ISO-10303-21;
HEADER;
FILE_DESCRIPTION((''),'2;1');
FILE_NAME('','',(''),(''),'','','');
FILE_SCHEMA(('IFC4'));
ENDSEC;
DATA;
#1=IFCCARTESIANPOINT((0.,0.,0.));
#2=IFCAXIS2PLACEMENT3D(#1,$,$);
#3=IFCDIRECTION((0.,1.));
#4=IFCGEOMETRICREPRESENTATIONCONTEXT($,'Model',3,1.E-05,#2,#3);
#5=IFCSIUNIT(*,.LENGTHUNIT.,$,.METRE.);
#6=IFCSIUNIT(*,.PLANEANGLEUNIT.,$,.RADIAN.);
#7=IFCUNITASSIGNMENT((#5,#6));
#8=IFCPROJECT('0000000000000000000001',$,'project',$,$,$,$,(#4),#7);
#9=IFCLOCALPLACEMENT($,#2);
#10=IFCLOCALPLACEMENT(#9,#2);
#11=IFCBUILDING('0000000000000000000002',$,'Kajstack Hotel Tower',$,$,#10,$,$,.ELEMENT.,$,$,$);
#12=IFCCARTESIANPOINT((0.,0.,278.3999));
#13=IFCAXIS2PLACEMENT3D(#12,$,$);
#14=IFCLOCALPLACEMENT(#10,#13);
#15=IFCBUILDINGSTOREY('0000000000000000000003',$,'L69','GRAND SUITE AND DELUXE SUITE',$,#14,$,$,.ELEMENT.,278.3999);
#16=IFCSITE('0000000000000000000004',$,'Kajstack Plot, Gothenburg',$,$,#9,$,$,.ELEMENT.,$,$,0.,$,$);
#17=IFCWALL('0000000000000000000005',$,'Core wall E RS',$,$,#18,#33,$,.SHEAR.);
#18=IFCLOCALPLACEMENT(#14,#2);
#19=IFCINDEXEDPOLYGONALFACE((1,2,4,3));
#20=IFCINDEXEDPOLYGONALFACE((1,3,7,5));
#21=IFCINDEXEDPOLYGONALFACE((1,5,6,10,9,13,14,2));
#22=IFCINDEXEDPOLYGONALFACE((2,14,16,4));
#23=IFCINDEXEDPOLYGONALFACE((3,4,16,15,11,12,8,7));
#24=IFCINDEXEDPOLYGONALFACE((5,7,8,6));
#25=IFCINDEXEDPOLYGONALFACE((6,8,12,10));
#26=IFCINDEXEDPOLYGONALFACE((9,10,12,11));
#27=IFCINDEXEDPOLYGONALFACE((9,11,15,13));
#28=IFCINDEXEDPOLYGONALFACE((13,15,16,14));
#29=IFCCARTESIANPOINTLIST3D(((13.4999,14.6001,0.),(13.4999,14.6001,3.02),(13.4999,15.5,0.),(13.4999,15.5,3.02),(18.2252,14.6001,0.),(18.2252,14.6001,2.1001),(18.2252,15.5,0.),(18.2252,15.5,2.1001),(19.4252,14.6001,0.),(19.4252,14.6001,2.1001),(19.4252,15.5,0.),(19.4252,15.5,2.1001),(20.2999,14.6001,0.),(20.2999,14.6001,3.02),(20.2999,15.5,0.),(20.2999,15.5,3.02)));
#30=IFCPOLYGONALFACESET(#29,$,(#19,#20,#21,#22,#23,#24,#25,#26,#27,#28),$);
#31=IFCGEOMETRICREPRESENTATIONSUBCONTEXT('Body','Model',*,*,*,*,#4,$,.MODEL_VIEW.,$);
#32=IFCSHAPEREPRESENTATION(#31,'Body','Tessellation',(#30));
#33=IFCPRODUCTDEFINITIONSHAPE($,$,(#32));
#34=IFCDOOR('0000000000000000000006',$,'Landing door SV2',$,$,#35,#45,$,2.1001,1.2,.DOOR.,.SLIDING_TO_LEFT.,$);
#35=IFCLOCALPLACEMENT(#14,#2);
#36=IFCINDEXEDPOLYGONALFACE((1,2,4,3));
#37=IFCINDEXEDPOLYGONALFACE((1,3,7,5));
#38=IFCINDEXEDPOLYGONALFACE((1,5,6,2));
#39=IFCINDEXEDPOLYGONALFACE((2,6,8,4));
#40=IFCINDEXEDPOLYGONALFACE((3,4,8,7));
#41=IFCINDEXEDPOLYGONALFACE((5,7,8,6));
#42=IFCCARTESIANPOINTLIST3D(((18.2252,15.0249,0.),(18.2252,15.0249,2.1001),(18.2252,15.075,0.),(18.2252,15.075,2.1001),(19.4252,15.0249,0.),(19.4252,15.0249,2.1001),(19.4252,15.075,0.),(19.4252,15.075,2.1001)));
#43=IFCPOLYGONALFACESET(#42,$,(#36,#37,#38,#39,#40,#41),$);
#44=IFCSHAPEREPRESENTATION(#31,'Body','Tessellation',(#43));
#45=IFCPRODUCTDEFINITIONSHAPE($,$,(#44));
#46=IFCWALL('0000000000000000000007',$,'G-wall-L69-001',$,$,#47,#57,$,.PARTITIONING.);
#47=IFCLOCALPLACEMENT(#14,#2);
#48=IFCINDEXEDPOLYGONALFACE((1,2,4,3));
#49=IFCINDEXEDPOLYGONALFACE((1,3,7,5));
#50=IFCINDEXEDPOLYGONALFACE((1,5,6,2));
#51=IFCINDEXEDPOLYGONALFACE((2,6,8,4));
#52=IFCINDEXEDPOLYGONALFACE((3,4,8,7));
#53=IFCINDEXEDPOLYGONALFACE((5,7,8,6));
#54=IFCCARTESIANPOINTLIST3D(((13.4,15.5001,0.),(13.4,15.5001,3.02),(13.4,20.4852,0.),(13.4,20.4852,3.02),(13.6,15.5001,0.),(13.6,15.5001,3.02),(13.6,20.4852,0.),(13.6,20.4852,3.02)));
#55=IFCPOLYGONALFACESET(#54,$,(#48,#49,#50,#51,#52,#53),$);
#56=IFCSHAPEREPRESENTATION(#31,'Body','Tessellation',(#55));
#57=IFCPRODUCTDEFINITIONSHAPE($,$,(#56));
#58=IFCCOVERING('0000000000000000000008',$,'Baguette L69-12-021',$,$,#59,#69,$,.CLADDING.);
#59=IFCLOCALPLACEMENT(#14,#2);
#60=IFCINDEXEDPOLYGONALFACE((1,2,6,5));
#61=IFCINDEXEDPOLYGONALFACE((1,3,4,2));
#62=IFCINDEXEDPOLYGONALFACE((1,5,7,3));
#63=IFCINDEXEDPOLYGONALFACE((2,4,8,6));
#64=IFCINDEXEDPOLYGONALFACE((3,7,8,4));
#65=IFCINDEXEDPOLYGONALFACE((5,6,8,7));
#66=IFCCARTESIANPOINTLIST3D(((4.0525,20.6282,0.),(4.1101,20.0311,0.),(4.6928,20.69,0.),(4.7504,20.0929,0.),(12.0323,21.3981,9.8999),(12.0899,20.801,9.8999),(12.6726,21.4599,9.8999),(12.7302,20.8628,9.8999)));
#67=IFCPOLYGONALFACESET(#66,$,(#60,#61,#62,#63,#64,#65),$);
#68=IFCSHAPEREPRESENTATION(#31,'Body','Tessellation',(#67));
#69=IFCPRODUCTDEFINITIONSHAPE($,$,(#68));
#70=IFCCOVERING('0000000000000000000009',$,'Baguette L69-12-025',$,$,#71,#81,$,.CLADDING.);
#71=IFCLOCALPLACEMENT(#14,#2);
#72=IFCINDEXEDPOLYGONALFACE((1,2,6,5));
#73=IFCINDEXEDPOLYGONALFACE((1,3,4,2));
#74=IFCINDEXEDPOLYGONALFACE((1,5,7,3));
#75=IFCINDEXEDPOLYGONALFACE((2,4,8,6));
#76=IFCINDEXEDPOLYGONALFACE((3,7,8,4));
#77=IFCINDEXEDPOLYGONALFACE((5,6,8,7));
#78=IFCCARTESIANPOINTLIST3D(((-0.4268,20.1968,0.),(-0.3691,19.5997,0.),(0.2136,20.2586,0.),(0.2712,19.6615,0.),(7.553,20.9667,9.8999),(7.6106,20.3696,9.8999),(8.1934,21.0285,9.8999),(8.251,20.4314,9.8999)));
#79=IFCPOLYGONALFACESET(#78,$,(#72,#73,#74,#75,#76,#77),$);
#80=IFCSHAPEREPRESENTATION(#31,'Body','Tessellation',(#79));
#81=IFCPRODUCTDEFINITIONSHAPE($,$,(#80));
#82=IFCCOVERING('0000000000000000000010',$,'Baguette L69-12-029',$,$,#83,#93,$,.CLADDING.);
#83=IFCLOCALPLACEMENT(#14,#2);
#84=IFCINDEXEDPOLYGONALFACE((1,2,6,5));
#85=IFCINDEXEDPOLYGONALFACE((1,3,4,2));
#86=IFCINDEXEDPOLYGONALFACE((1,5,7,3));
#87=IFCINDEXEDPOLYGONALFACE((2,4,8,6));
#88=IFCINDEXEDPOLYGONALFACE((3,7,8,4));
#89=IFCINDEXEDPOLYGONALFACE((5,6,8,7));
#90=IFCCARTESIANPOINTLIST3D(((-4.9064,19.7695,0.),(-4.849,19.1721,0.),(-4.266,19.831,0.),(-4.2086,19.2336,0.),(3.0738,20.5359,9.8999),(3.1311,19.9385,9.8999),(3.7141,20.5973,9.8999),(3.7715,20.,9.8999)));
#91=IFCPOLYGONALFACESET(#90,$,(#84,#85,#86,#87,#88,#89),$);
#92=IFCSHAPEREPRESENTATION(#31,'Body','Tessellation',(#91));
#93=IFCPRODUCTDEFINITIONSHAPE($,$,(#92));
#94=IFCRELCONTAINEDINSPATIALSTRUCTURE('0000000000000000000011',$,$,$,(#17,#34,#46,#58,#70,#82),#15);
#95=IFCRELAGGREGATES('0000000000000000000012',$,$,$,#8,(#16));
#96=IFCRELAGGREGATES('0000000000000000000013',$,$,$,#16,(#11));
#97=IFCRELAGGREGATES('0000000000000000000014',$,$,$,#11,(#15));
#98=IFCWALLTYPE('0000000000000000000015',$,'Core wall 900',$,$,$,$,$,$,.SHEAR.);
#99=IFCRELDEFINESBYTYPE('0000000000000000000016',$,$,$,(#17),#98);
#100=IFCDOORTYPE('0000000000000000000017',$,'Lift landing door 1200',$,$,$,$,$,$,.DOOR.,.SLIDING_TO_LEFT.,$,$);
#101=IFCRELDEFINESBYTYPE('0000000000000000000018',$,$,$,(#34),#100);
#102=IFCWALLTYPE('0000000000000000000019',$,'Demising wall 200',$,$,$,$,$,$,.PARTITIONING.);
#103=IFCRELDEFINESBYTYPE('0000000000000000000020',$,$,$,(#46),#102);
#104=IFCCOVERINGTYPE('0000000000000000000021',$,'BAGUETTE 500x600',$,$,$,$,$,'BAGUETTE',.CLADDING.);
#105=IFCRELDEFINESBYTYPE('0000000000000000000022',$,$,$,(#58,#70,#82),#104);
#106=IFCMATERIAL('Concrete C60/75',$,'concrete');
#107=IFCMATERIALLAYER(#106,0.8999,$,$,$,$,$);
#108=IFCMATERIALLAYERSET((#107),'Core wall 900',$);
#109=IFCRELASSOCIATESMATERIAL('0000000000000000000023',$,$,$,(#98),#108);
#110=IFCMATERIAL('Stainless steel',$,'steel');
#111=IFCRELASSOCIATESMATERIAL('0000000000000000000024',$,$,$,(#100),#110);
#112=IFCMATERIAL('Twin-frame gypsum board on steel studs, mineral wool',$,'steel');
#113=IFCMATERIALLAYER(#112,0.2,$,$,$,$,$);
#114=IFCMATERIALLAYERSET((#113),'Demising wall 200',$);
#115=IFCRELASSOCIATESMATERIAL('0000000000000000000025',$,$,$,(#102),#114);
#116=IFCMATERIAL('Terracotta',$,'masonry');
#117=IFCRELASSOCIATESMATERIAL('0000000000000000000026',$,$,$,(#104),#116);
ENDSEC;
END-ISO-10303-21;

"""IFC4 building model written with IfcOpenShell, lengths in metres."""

from ifc_helpers import new_model, si_unit, direction, frame, frame_2d, origin, origin_2d, place, context, subcontext, project, spatial, polyline, rectangle, outline, extrude, material, layer, layer_set, material_profile, profile_set, type_object, element, fill, save


model = new_model("IFC4")

# Units and contexts
model_context = context("Model", 3, precision=1e-05, world=origin(), true_north=direction((0.0, 1.0)))
body_context = subcontext(model_context, "Body", "Model", "MODEL_VIEW")
ifc_project = project(units=[si_unit("LENGTHUNIT", "METRE"), si_unit("PLANEANGLEUNIT", "RADIAN")], contexts=[model_context])

# Site, building, storey
site_placement = place(None, origin())
site = spatial("IfcSite", under=ifc_project, at=site_placement, Name="Kajstack Plot, Gothenburg", CompositionType="ELEMENT", RefElevation=0.0)
building_placement = place(site_placement, origin())
building = spatial("IfcBuilding", under=site, at=building_placement, Name="Kajstack Hotel Tower", CompositionType="ELEMENT")
storey_placement = place(building_placement, frame((0.0, 0.0, 278.3999)))
storey = spatial("IfcBuildingStorey", under=building, at=storey_placement, Name="L69", Description="GRAND SUITE AND DELUXE SUITE", CompositionType="ELEMENT", Elevation=278.3999)

# Wall, opening, door
ifc_material_1 = material(Name="Concrete C60/75", Category="concrete")
ifc_layer_1 = layer(ifc_material_1, 0.8999)
ifc_layer_set_1 = layer_set([ifc_layer_1], Name="Core wall 900")
wall_type_1 = type_object("IfcWallType", Name="Core wall 900", PredefinedType="SHEAR", material=ifc_layer_set_1)
wall_1_placement = place(storey_placement, frame((13.5, 15.05, 0.0), z_axis=(0.0, 0.0, 1.0), x_axis=(1.0, 0.0, 0.0)))
wall_1 = element("IfcWall", 1, at=wall_1_placement, inside=storey, type_object=wall_type_1, Name="Core wall E RS", PredefinedType="SHEAR", context=body_context, shape_type="SweptSolid", body=[
    extrude(rectangle(XDim=6.8, YDim=0.8999, at=frame_2d((3.3999, 0.0))), origin(), (0.0, 0.0, 1.0), 3.02),
])
opening_1_placement = place(wall_1_placement, frame((4.7251, 0.0, 0.0)))
opening_1 = element("IfcOpeningElement", 2, at=opening_1_placement, cuts=wall_1, PredefinedType="OPENING", context=body_context, shape_type="SweptSolid", body=[
    extrude(rectangle(XDim=1.2, YDim=2.1001, at=frame_2d((0.6001, 1.05))), frame((0.0, 0.46, 0.0), z_axis=(0.0, -1.0, 0.0), x_axis=(1.0, 0.0, 0.0)), (0.0, 0.0, 1.0), 0.9199),
])
ifc_material_2 = material(Name="Stainless steel", Category="steel")
door_type = type_object("IfcDoorType", Name="Lift landing door 1200", OperationType="SLIDING_TO_LEFT", PredefinedType="DOOR", material=ifc_material_2)
door_placement = place(opening_1_placement, origin())
door = element("IfcDoor", 3, at=door_placement, inside=storey, type_object=door_type, Name="Landing door SV2", OperationType="SLIDING_TO_LEFT", OverallHeight=2.1001, OverallWidth=1.2, PredefinedType="DOOR", context=body_context, shape_type="SweptSolid", body=[
    extrude(rectangle(XDim=1.2, YDim=2.1001, at=frame_2d((0.6001, 1.05))), frame((0.0, 0.0249, 0.0), z_axis=(0.0, -1.0, 0.0), x_axis=(1.0, 0.0, 0.0)), (0.0, 0.0, 1.0), 0.05),
])
fill(opening_1, door)

# Wall
ifc_material_3 = material(Name="Twin-frame gypsum board on steel studs, mineral wool", Category="steel")
ifc_layer_2 = layer(ifc_material_3, 0.2)
ifc_layer_set_2 = layer_set([ifc_layer_2], Name="Demising wall 200")
wall_type_2 = type_object("IfcWallType", Name="Demising wall 200", PredefinedType="PARTITIONING", material=ifc_layer_set_2)
wall_2_placement = place(storey_placement, frame((13.5, 15.5, 0.0), z_axis=(0.0, 0.0, 1.0), x_axis=(0.0, 1.0, 0.0)))
element("IfcWall", 4, at=wall_2_placement, inside=storey, type_object=wall_type_2, Name="G-wall-L69-001", PredefinedType="PARTITIONING", context=body_context, shape_type="SweptSolid", body=[
    extrude(rectangle(XDim=4.9851, YDim=0.2, at=frame_2d((2.4927, 0.0))), origin(), (0.0, 0.0, 1.0), 3.02),
])

# Coverings
ifc_material_4 = material(Name="Terracotta", Category="masonry")
ifc_material_profile = material_profile(ifc_material_4, rectangle(XDim=0.6001, YDim=0.5, at=origin_2d()), Name="Terracotta-clad concrete baguette 500 x 600")
ifc_profile_set = profile_set([ifc_material_profile], Name="Terracotta")
covering_type = type_object("IfcCoveringType", Name="BAGUETTE 500x600", ElementType="BAGUETTE", PredefinedType="CLADDING", material=ifc_profile_set)
for number, where, z_axis, x_axis, name in (
    (5, (12.7302, 20.8628, 0.0), (-0.096038, 0.995378, 0.0), (-0.995378, -0.096038, 0.0), "Baguette L69-12-021"),
    (6, (8.251, 20.4314, 0.0), (-0.096038, 0.995378, 0.0), (-0.995378, -0.096038, 0.0), "Baguette L69-12-025"),
):
    element("IfcCovering", number, at=place(storey_placement, frame(where, z_axis=z_axis, x_axis=x_axis)), inside=storey, type_object=covering_type, Name=name, PredefinedType="CLADDING", context=body_context, shape_type="SweptSolid", body=[
        extrude(outline(polyline([(0.0, 9.8999), (8.0168, 0.0), (8.6602, 0.0), (0.6433, 9.8999), (0.0, 9.8999)])), origin(), (0.0, 0.0, 1.0), 0.5999),
    ])
covering_placement = place(storey_placement, frame((3.7715, 20.0, 0.0), z_axis=(-0.095596, 0.99542, 0.0), x_axis=(-0.99542, -0.095596, 0.0)))
element("IfcCovering", 7, at=covering_placement, inside=storey, type_object=covering_type, Name="Baguette L69-12-029", PredefinedType="CLADDING", context=body_context, shape_type="SweptSolid", body=[
    extrude(outline(polyline([(0.0, 9.8999), (8.0168, 0.0), (8.6602, 0.0), (0.6433, 9.8999), (0.0, 9.8999)])), origin(), (0.0, 0.0, 1.0), 0.6001),
])

save(model, "model.ifc")
